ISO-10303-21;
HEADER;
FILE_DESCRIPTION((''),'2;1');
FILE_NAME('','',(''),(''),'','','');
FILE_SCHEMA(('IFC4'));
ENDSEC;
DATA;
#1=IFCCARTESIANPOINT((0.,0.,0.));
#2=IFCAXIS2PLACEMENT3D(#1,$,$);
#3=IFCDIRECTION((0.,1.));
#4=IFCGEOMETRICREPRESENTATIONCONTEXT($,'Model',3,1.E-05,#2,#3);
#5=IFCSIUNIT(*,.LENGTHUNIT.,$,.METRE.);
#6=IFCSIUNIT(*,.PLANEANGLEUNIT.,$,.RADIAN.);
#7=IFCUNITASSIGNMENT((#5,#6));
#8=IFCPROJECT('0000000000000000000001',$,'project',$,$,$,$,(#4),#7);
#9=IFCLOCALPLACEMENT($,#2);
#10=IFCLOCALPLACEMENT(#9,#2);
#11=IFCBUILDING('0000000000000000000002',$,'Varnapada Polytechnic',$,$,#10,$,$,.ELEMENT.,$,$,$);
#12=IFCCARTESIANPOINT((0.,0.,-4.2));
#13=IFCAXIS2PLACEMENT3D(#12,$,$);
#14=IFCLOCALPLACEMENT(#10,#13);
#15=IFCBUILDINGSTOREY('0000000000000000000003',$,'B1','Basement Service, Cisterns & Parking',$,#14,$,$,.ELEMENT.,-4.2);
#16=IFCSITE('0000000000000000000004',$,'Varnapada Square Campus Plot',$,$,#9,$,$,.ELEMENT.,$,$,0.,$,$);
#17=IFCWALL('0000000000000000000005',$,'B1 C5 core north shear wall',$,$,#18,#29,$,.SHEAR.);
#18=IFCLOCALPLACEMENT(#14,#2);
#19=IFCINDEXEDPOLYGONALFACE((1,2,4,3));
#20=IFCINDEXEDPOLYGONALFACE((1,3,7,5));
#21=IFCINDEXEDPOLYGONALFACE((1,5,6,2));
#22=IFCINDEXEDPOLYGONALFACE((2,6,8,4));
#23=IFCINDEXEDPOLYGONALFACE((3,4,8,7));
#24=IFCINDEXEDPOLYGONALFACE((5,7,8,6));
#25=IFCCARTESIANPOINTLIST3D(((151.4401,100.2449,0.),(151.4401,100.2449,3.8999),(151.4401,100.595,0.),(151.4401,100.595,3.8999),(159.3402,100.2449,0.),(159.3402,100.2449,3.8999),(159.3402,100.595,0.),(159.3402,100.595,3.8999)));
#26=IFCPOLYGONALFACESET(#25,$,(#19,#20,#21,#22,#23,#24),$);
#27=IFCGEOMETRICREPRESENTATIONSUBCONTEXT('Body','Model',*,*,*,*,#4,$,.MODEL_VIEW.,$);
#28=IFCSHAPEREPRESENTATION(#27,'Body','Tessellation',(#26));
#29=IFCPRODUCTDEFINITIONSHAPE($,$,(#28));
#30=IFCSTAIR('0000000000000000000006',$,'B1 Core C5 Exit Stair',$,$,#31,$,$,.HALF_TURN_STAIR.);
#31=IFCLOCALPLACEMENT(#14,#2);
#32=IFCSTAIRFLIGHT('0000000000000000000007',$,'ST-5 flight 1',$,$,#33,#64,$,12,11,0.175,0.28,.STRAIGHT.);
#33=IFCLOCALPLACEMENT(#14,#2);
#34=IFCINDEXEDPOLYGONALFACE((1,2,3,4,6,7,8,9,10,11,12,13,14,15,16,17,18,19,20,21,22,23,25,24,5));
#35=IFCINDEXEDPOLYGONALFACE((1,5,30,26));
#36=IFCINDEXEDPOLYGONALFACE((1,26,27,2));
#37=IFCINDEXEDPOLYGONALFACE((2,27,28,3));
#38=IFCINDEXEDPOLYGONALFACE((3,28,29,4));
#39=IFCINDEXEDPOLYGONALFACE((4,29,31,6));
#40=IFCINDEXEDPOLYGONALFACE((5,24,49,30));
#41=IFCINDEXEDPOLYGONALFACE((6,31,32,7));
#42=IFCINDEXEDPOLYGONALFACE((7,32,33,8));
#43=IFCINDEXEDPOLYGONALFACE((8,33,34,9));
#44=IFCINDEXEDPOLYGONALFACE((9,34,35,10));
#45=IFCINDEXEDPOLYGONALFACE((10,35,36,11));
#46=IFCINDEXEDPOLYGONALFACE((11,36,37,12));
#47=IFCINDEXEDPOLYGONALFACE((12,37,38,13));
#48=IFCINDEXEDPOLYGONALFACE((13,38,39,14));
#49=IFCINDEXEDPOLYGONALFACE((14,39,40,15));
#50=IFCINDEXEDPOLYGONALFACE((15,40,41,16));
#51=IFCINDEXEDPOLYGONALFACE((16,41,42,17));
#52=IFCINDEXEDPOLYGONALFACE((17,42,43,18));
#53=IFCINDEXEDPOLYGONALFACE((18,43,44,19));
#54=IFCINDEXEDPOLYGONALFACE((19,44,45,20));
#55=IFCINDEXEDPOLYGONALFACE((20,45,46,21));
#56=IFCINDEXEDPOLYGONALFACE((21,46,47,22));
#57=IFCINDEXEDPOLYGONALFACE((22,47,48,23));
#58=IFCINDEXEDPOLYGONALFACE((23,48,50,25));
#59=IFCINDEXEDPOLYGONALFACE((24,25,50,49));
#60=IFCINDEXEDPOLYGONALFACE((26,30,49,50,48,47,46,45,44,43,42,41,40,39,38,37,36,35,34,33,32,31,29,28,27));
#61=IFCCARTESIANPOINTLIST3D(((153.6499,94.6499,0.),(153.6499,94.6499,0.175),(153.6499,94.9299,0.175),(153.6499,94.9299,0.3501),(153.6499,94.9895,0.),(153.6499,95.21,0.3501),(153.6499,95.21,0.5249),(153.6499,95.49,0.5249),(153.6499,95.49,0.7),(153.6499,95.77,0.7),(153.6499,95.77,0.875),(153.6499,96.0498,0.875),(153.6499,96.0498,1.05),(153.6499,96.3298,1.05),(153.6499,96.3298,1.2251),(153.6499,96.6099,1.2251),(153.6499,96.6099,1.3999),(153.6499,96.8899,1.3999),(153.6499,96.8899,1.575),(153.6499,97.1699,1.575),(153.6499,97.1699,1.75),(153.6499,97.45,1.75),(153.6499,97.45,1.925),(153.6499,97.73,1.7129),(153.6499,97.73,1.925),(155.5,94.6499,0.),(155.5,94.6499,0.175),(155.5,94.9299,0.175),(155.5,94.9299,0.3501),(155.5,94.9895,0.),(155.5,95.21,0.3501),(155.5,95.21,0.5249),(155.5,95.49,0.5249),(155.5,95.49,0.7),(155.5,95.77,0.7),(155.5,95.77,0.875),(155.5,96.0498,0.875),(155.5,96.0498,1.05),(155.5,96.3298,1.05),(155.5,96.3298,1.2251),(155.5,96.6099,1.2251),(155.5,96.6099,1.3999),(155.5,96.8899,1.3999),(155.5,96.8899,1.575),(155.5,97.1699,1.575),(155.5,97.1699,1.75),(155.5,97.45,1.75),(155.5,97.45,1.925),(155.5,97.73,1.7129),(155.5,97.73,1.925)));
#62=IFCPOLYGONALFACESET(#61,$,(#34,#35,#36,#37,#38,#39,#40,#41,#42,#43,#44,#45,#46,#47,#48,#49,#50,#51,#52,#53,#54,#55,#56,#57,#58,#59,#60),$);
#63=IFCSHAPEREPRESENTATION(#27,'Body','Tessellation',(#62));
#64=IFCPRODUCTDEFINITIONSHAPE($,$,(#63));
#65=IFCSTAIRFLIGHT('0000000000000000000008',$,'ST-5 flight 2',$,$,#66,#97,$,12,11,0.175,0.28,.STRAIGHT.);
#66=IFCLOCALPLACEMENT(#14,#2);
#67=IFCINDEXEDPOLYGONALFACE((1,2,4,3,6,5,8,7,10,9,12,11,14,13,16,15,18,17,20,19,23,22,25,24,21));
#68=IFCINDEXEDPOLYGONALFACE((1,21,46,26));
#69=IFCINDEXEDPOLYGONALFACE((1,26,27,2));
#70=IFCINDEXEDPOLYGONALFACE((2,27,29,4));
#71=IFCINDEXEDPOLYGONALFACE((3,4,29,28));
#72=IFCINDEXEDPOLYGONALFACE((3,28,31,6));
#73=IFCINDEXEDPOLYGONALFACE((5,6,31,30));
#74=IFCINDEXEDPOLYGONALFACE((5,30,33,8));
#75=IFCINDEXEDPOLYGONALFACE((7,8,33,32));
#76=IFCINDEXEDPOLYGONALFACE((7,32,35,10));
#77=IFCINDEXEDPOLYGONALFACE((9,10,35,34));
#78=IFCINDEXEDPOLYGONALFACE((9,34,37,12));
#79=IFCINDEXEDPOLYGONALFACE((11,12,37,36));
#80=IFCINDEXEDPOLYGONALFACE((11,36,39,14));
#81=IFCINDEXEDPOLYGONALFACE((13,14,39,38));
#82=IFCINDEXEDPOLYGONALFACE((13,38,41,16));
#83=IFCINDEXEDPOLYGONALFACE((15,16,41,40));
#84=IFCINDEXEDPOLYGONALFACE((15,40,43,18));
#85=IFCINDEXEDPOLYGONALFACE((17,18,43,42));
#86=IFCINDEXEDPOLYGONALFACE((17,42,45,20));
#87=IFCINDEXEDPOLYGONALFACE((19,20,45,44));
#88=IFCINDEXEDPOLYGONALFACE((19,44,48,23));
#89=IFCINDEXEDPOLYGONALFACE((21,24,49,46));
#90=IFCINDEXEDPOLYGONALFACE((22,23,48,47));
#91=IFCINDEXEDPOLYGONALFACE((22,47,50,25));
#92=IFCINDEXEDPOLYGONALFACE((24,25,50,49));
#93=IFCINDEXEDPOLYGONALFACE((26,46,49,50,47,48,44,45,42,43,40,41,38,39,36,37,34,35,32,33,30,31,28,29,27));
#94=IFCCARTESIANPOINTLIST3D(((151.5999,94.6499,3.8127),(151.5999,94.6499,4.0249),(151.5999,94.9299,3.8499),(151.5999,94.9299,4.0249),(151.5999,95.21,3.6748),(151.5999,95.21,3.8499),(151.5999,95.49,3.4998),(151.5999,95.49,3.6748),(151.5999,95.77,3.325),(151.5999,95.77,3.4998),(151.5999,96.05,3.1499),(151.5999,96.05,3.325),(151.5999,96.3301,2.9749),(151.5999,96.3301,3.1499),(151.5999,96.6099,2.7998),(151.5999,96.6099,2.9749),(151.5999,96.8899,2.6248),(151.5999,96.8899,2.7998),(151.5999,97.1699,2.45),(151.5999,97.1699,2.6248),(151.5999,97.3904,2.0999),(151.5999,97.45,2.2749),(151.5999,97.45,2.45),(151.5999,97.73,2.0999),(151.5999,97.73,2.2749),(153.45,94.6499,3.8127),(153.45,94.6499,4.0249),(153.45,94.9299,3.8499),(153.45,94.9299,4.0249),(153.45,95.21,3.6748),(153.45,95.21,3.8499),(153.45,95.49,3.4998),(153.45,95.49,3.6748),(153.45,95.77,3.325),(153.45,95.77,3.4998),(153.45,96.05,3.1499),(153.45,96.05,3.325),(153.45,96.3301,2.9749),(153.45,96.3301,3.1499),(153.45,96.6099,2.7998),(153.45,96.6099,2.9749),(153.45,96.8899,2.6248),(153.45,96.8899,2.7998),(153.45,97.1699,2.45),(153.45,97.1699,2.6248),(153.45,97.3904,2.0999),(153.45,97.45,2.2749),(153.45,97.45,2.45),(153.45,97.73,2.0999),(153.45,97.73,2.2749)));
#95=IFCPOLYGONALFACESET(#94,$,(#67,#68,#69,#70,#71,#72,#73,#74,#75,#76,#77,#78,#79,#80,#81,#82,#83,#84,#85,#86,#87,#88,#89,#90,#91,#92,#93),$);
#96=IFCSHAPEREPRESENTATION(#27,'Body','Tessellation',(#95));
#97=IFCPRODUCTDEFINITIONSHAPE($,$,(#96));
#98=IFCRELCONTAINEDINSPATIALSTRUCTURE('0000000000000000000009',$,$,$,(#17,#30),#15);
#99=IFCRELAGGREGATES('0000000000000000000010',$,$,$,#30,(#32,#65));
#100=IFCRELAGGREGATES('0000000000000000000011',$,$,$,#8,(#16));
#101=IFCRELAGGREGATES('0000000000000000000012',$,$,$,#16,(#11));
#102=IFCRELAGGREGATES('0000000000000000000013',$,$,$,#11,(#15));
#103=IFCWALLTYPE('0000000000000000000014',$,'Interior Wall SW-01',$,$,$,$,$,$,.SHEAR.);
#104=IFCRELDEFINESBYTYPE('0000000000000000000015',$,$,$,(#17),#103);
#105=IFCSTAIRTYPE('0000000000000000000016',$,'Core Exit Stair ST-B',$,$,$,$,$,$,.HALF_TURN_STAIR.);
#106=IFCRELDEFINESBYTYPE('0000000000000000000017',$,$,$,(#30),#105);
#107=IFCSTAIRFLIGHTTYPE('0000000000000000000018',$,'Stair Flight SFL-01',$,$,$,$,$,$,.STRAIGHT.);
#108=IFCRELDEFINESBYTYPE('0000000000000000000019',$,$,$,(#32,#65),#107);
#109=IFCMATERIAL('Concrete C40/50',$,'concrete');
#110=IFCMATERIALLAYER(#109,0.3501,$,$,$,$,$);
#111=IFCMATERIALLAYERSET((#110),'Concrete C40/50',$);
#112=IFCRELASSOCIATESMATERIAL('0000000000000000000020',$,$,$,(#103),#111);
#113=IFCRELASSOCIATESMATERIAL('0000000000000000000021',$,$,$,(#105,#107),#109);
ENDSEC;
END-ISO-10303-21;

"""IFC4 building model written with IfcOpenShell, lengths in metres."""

from ifc_helpers import new_model, si_unit, direction, frame, frame_2d, origin, place, context, subcontext, project, spatial, polyline, rectangle, outline, extrude, material, layer, layer_set, type_object, element, aggregate, save


model = new_model("IFC4")

# Units and contexts
model_context = context("Model", 3, precision=1e-05, world=origin(), true_north=direction((0.0, 1.0)))
body_context = subcontext(model_context, "Body", "Model", "MODEL_VIEW")
ifc_project = project(units=[si_unit("LENGTHUNIT", "METRE"), si_unit("PLANEANGLEUNIT", "RADIAN")], contexts=[model_context])

# Site, building, storey
site_placement = place(None, origin())
site = spatial("IfcSite", under=ifc_project, at=site_placement, Name="Varnapada Square Campus Plot", CompositionType="ELEMENT", RefElevation=0.0)
building_placement = place(site_placement, origin())
building = spatial("IfcBuilding", under=site, at=building_placement, Name="Varnapada Polytechnic", CompositionType="ELEMENT")
storey_placement = place(building_placement, frame((0.0, 0.0, -4.2)))
storey = spatial("IfcBuildingStorey", under=building, at=storey_placement, Name="B1", Description="Basement Service, Cisterns & Parking", CompositionType="ELEMENT", Elevation=-4.2)

# Shared definitions
ifc_material_1 = material(Name="Concrete C40/50", Category="concrete")

# Wall
ifc_layer_1 = layer(ifc_material_1, 0.3501)
ifc_layer_set_1 = layer_set([ifc_layer_1], Name="Concrete C40/50")
wall_type_1 = type_object("IfcWallType", Name="Interior Wall SW-01", PredefinedType="SHEAR", material=ifc_layer_set_1)
wall_1_placement = place(storey_placement, frame((151.4399, 100.4199, 0.0), z_axis=(0.0, 0.0, 1.0), x_axis=(1.0, 0.0, 0.0)))
element("IfcWall", 1, at=wall_1_placement, inside=storey, type_object=wall_type_1, Name="B1 C5 core north shear wall", PredefinedType="SHEAR", context=body_context, shape_type="SweptSolid", body=[
    extrude(rectangle(XDim=7.9001, YDim=0.3501, at=frame_2d((3.9502, 0.0))), origin(), (0.0, 0.0, 1.0), 3.8999),
])

# Stair, stair flights
stair_type = type_object("IfcStairType", Name="Core Exit Stair ST-B", PredefinedType="HALF_TURN_STAIR", material=ifc_material_1)
stair_placement = place(storey_placement, origin())
stair = element("IfcStair", 2, at=stair_placement, inside=storey, type_object=stair_type, Name="B1 Core C5 Exit Stair", PredefinedType="HALF_TURN_STAIR")
stair_flight_type = type_object("IfcStairFlightType", Name="Stair Flight SFL-01", PredefinedType="STRAIGHT", material=ifc_material_1)
stair_flight_1_placement = place(storey_placement, frame((154.575, 94.6499, 0.0), z_axis=(0.0, 0.0, 1.0), x_axis=(0.0, 1.0, 0.0)))
stair_flight_1 = element("IfcStairFlight", 3, at=stair_flight_1_placement, type_object=stair_flight_type, Name="ST-5 flight 1", NumberOfRisers=12, NumberOfTreads=11, PredefinedType="STRAIGHT", RiserHeight=0.175, TreadLength=0.28, context=body_context, shape_type="SweptSolid", body=[
    extrude(outline(polyline([(0.0, 0.0), (0.0, 0.175), (0.28, 0.175), (0.28, 0.3501), (0.5601, 0.3501), (0.5601, 0.5249), (0.8401, 0.5249), (0.8401, 0.7), (1.1201, 0.7), (1.1201, 0.875), (1.3999, 0.875), (1.3999, 1.05), (1.6799, 1.05), (1.6799, 1.2251), (1.96, 1.2251), (1.96, 1.3999), (2.24, 1.3999), (2.24, 1.575), (2.52, 1.575), (2.52, 1.75), (2.8, 1.75), (2.8, 1.925), (3.0801, 1.925), (3.0801, 2.1001), (3.0801, 1.7129), (0.3396, 0.0), (0.0, 0.0)])), frame((0.0, 0.925, 0.0), z_axis=(0.0, -1.0, 0.0), x_axis=(1.0, 0.0, 0.0)), (0.0, 0.0, 1.0), 1.8501),
])
stair_flight_2_placement = place(storey_placement, frame((152.5249, 97.73, 2.0999), z_axis=(0.0, 0.0, 1.0), x_axis=(0.0, -1.0, 0.0)))
stair_flight_2 = element("IfcStairFlight", 4, at=stair_flight_2_placement, type_object=stair_flight_type, Name="ST-5 flight 2", NumberOfRisers=12, NumberOfTreads=11, PredefinedType="STRAIGHT", RiserHeight=0.175, TreadLength=0.28, context=body_context, shape_type="SweptSolid", body=[
    extrude(outline(polyline([(0.0, 0.0), (0.0, 0.175), (0.28, 0.175), (0.28, 0.3501), (0.5601, 0.3501), (0.5601, 0.5249), (0.8401, 0.5249), (0.8401, 0.7), (1.1201, 0.7), (1.1201, 0.875), (1.3999, 0.875), (1.3999, 1.05), (1.6799, 1.05), (1.6799, 1.2251), (1.96, 1.2251), (1.96, 1.3999), (2.24, 1.3999), (2.24, 1.575), (2.52, 1.575), (2.52, 1.75), (2.8, 1.75), (2.8, 1.925), (3.0801, 1.925), (3.0801, 2.1001), (3.0801, 1.7129), (0.3396, 0.0), (0.0, 0.0)])), frame((0.0, 0.925, 0.0), z_axis=(0.0, -1.0, 0.0), x_axis=(1.0, 0.0, 0.0)), (0.0, 0.0, 1.0), 1.8501),
])
aggregate(stair, [stair_flight_1, stair_flight_2])

save(model, "model.ifc")
